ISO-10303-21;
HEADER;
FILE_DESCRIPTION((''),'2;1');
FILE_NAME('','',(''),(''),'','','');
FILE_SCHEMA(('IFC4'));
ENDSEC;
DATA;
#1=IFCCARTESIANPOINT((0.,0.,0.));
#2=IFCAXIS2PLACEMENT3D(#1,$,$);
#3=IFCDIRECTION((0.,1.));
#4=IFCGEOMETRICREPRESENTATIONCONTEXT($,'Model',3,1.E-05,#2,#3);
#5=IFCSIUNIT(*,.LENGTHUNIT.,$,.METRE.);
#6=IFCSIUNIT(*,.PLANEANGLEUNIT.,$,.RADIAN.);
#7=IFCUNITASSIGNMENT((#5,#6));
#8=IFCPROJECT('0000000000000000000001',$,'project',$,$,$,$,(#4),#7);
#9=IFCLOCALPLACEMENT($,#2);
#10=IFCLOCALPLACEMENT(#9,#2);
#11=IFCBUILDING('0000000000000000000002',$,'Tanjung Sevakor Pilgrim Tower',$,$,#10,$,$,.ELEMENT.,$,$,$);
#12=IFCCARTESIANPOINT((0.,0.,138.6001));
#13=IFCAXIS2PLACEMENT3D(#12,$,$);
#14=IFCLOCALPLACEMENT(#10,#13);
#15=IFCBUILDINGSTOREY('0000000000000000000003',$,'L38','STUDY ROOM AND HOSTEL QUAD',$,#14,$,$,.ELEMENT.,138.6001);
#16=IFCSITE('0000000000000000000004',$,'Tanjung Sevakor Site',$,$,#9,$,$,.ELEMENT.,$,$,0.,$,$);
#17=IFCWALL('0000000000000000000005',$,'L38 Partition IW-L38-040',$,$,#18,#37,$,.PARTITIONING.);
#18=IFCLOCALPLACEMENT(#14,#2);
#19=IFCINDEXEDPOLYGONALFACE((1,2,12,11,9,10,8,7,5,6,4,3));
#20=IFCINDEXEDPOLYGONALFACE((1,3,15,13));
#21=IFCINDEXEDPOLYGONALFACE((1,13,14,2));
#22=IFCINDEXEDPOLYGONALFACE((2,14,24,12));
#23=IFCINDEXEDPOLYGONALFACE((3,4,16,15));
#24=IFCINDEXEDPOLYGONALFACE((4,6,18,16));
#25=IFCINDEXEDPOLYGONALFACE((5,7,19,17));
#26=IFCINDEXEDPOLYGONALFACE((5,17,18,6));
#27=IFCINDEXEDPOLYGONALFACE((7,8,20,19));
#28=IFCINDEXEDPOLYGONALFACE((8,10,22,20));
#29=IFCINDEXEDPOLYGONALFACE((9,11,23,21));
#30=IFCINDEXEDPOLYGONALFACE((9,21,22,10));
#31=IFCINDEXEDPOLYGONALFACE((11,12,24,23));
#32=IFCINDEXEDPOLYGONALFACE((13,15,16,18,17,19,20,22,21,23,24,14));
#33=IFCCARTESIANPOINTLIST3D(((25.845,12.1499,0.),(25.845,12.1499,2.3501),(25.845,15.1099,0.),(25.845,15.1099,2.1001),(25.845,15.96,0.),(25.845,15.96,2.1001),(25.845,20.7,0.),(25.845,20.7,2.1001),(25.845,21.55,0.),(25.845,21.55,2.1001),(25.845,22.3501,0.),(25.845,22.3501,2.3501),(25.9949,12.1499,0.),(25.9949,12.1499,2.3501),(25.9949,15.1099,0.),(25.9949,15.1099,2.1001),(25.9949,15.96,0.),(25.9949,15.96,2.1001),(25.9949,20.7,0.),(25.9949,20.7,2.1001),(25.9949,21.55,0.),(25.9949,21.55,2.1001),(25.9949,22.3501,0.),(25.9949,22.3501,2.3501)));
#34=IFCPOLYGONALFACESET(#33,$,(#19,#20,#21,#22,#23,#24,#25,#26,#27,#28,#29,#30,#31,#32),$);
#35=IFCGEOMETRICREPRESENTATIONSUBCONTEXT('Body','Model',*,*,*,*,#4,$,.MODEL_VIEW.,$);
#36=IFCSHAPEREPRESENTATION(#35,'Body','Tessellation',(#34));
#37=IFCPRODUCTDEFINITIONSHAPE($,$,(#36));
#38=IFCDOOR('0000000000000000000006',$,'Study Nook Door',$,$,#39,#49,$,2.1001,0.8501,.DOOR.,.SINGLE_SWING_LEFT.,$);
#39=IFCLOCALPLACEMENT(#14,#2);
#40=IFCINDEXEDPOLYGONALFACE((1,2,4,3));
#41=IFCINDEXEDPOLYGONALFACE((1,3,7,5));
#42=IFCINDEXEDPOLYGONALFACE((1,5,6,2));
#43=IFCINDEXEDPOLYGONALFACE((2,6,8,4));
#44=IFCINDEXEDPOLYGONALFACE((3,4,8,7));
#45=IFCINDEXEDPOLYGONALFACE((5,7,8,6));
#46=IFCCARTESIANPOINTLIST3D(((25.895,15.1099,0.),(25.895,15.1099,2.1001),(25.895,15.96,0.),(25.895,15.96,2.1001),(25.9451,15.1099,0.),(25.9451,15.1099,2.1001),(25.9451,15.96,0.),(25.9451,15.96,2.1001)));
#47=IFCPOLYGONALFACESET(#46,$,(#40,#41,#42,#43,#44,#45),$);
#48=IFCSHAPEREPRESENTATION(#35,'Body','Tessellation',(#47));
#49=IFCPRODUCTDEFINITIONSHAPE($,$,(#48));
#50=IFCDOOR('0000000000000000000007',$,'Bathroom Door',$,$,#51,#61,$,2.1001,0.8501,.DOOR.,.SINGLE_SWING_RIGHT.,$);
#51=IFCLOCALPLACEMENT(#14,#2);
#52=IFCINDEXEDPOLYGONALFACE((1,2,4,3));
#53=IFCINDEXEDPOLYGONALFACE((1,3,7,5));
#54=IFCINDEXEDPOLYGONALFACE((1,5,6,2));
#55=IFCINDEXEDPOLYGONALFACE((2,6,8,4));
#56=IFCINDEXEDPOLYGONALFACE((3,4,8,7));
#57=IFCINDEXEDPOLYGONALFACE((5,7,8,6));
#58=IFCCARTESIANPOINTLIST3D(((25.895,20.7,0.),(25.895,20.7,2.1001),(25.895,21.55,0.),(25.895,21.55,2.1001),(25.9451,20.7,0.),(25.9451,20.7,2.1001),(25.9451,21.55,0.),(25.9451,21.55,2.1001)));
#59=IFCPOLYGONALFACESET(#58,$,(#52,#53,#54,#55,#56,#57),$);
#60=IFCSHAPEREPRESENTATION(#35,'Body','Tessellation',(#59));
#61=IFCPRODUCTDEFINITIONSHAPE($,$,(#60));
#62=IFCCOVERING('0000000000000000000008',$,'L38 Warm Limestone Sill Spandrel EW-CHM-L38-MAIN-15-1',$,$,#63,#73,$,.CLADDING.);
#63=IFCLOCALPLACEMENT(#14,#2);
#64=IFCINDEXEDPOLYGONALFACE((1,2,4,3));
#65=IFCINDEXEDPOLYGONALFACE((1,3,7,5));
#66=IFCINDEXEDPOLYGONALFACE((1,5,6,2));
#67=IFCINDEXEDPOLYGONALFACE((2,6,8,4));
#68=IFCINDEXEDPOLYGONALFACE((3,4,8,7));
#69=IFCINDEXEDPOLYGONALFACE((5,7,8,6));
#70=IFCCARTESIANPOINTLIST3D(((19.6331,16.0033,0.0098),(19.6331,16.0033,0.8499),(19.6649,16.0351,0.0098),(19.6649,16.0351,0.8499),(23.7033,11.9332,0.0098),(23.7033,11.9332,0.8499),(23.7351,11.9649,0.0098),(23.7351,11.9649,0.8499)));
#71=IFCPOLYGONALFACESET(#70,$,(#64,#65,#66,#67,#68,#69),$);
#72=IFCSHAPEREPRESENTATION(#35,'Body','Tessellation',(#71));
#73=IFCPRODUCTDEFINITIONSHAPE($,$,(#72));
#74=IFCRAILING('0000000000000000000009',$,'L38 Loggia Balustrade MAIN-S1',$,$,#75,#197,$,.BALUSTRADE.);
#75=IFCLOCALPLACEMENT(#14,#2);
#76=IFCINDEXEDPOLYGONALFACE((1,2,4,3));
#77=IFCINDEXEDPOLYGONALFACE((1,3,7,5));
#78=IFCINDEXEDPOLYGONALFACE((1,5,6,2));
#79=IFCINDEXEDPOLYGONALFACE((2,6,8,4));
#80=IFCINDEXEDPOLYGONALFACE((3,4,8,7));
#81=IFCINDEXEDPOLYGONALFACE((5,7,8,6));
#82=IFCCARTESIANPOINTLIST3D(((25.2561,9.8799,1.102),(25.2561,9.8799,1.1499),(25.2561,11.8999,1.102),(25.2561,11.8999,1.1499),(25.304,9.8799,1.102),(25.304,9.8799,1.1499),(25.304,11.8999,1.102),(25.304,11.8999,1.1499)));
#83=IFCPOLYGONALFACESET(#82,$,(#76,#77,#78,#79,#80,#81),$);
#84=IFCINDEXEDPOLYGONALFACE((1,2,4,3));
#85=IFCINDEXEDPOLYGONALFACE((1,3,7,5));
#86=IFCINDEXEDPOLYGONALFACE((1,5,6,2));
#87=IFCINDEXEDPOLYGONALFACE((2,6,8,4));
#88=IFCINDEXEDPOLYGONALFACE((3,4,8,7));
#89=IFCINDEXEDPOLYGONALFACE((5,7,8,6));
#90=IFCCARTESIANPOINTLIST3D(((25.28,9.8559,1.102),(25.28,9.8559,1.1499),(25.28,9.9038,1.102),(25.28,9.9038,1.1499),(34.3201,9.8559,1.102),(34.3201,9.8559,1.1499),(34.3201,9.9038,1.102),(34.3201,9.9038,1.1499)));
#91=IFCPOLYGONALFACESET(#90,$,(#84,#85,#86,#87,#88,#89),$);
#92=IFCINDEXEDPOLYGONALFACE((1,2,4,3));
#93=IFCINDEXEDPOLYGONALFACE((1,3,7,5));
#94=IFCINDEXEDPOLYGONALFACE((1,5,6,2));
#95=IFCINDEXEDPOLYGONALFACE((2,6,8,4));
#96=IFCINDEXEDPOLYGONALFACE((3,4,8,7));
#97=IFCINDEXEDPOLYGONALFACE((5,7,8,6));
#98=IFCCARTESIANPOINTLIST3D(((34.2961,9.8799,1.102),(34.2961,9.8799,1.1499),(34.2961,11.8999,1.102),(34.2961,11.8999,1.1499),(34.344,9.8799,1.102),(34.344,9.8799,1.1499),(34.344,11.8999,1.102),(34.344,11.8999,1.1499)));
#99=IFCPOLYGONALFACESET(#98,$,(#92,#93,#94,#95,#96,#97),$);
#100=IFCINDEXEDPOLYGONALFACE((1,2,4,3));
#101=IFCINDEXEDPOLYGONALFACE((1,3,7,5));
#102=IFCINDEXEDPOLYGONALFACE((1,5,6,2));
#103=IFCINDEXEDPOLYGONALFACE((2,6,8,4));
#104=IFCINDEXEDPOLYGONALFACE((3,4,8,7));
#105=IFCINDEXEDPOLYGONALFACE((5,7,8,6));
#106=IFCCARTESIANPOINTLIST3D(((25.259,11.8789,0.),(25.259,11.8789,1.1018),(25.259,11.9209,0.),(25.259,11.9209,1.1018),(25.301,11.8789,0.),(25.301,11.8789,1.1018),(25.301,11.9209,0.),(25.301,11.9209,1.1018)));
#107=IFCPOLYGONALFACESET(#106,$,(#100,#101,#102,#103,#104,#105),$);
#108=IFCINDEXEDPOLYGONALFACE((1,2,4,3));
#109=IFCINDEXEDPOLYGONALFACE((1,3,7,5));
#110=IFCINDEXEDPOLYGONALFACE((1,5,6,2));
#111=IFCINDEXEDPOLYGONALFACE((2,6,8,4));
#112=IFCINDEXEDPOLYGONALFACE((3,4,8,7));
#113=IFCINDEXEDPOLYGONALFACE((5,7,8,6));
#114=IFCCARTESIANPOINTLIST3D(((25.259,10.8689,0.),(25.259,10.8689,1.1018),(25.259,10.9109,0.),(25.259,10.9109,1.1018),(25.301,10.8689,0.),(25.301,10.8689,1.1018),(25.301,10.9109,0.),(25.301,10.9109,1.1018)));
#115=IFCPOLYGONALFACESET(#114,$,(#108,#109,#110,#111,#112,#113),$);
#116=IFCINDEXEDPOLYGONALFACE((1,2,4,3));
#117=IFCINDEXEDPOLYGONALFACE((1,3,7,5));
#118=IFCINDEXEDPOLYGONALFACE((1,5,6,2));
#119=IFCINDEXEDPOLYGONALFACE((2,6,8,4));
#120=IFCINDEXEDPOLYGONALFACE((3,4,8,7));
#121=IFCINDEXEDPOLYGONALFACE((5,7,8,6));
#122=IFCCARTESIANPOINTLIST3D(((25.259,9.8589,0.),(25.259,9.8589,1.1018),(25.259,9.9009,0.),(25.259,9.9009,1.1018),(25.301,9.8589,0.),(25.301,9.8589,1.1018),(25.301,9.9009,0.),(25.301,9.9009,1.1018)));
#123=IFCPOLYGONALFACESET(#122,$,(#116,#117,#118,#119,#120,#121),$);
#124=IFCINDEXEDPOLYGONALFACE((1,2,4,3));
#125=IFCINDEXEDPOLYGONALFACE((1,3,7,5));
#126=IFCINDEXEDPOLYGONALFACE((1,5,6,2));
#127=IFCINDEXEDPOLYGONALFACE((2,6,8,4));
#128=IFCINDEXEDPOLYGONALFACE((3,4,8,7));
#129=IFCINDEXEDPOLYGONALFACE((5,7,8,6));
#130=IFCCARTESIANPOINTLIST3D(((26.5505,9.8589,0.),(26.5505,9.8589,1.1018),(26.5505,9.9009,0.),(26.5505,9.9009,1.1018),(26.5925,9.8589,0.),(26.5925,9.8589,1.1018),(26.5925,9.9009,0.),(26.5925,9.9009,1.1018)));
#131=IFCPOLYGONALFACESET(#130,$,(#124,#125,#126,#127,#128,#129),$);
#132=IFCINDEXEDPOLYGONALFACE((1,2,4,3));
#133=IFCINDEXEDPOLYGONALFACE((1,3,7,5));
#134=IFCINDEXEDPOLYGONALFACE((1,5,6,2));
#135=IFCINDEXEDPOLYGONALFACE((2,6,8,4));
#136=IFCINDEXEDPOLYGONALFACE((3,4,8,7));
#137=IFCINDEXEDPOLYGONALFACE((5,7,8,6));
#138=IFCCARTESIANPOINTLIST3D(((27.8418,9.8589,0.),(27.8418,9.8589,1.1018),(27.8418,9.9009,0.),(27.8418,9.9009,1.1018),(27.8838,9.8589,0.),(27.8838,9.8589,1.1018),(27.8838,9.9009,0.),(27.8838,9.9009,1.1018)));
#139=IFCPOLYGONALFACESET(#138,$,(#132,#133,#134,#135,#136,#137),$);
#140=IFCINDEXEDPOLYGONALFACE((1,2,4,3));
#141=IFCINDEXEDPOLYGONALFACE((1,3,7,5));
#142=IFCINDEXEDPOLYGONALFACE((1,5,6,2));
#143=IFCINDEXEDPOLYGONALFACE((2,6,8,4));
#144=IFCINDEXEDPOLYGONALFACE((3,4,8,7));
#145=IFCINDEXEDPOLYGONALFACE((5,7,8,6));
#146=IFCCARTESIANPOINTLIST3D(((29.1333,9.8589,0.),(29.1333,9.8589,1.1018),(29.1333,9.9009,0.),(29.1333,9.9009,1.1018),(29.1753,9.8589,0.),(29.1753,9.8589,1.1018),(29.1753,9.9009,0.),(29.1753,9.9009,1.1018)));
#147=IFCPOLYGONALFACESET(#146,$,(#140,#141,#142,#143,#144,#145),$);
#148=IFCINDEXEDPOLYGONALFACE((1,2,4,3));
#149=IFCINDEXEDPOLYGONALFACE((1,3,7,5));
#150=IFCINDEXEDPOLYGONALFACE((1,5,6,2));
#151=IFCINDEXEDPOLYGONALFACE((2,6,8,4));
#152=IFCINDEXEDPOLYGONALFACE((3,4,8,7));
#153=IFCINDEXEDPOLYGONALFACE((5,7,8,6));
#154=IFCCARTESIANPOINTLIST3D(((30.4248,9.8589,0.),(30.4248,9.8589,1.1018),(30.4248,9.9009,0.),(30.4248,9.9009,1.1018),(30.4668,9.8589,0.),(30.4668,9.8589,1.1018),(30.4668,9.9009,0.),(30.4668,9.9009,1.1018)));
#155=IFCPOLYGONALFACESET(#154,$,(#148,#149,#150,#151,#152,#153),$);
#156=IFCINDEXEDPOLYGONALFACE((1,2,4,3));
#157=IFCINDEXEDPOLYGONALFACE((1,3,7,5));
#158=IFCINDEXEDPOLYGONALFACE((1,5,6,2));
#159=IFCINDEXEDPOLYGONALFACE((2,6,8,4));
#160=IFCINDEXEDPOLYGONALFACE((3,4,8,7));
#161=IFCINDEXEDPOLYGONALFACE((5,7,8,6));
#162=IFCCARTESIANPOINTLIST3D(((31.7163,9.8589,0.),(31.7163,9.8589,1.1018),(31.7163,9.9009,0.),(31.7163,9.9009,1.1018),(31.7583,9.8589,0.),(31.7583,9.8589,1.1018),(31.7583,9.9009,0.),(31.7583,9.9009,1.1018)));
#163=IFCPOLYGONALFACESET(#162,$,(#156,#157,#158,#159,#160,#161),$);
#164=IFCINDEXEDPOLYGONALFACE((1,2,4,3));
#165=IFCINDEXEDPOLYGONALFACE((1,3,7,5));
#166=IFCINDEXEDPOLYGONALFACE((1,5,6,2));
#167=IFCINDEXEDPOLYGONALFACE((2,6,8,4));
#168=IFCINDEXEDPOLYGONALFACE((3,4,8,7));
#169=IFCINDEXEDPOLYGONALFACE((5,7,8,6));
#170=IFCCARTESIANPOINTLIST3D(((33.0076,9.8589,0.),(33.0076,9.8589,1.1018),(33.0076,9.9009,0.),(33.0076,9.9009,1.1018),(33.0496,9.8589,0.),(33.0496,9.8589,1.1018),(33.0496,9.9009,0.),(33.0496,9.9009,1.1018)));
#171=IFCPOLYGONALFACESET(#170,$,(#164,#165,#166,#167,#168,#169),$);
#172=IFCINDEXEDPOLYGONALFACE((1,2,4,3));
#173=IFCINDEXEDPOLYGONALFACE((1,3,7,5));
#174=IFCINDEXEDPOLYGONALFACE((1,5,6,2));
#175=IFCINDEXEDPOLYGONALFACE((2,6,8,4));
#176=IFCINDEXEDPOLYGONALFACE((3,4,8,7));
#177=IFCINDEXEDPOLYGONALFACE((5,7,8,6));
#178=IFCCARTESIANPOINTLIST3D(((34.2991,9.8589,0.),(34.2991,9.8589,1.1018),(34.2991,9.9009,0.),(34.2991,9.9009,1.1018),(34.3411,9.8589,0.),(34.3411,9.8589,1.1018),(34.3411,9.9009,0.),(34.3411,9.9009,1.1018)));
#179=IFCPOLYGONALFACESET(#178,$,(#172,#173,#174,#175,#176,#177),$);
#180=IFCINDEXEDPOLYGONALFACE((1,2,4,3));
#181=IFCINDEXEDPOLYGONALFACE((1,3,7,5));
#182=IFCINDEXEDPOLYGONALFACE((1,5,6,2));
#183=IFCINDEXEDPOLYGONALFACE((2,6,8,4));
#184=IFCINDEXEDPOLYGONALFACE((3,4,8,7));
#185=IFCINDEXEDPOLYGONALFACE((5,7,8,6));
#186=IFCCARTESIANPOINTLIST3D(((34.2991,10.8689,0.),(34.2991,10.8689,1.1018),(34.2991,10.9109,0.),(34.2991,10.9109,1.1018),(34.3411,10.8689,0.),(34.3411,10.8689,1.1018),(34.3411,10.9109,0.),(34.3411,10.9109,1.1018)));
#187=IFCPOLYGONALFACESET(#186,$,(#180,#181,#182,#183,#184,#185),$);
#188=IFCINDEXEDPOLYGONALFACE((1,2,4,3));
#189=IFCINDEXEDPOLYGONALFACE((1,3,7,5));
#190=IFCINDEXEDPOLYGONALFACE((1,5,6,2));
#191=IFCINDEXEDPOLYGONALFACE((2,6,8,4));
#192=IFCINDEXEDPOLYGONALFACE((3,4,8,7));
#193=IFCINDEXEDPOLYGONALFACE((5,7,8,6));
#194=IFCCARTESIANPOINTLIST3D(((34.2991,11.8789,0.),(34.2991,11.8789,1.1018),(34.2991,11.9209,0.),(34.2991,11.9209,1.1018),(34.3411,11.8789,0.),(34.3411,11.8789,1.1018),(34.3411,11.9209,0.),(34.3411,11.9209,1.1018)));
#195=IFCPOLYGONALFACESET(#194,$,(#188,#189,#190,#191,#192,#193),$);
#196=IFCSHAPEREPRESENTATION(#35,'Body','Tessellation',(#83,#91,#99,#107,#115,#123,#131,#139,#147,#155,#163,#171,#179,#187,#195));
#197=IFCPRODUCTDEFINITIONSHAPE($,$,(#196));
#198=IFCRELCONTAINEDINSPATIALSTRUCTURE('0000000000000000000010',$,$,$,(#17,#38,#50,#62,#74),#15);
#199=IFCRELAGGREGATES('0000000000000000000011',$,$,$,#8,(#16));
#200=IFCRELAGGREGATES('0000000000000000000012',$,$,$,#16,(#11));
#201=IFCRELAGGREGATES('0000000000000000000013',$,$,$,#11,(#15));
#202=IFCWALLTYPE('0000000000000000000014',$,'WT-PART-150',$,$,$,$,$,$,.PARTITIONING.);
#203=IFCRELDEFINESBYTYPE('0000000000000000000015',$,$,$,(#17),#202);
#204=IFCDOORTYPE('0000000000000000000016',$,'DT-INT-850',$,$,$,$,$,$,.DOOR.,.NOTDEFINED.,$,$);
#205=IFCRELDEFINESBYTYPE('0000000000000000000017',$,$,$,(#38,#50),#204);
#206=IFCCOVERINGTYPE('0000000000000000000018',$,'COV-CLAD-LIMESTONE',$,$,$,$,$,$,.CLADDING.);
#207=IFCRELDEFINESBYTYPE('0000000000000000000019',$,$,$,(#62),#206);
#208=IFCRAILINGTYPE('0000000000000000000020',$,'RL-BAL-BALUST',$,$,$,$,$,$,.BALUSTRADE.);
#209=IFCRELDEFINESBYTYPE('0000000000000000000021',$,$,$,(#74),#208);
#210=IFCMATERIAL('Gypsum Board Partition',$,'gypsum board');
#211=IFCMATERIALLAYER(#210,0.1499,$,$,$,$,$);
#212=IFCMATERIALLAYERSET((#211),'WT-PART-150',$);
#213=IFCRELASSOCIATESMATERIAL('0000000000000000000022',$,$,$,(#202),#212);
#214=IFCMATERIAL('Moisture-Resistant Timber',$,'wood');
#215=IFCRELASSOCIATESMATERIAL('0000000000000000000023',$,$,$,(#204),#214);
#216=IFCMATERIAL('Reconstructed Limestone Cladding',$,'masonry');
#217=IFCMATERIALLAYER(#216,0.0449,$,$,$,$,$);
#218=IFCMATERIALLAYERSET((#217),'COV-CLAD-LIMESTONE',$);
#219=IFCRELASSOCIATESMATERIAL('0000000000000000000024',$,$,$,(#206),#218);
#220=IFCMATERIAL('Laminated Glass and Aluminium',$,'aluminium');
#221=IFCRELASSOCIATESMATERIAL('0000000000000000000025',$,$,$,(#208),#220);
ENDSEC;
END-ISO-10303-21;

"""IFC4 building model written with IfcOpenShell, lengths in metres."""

from ifc_helpers import new_model, si_unit, direction, frame, frame_2d, origin, origin_2d, place, context, subcontext, project, spatial, rectangle, extrude, material, layer, layer_set, type_object, element, fill, save


model = new_model("IFC4")

# Units and contexts
model_context = context("Model", 3, precision=1e-05, world=origin(), true_north=direction((0.0, 1.0)))
body_context = subcontext(model_context, "Body", "Model", "MODEL_VIEW")
ifc_project = project(units=[si_unit("LENGTHUNIT", "METRE"), si_unit("PLANEANGLEUNIT", "RADIAN")], contexts=[model_context])

# Site, building, storey
site_placement = place(None, origin())
site = spatial("IfcSite", under=ifc_project, at=site_placement, Name="Tanjung Sevakor Site", CompositionType="ELEMENT", RefElevation=0.0)
building_placement = place(site_placement, origin())
building = spatial("IfcBuilding", under=site, at=building_placement, Name="Tanjung Sevakor Pilgrim Tower", CompositionType="ELEMENT")
storey_placement = place(building_placement, frame((0.0, 0.0, 138.6001)))
storey = spatial("IfcBuildingStorey", under=building, at=storey_placement, Name="L38", Description="STUDY ROOM AND HOSTEL QUAD", CompositionType="ELEMENT", Elevation=138.6001)

# Wall, openings, doors
ifc_material_1 = material(Name="Gypsum Board Partition", Category="gypsum board")
ifc_layer_1 = layer(ifc_material_1, 0.1499)
ifc_layer_set_1 = layer_set([ifc_layer_1], Name="WT-PART-150")
wall_type_1 = type_object("IfcWallType", Name="WT-PART-150", PredefinedType="PARTITIONING", material=ifc_layer_set_1)
wall_1_placement = place(storey_placement, frame((25.9199, 12.1499, 0.0), z_axis=(0.0, 0.0, 1.0), x_axis=(0.0, 1.0, 0.0)))
wall_1 = element("IfcWall", 1, at=wall_1_placement, inside=storey, type_object=wall_type_1, Name="L38 Partition IW-L38-040", PredefinedType="PARTITIONING", context=body_context, shape_type="SweptSolid", body=[
    extrude(rectangle(XDim=10.2002, YDim=0.1499, at=frame_2d((5.1001, 0.0))), origin(), (0.0, 0.0, 1.0), 2.3501),
])
opening_1_placement = place(wall_1_placement, frame((2.96, 0.0, 0.0)))
opening_1 = element("IfcOpeningElement", 2, at=opening_1_placement, cuts=wall_1, PredefinedType="OPENING", context=body_context, shape_type="SweptSolid", body=[
    extrude(rectangle(XDim=0.8501, YDim=2.1001, at=frame_2d((0.425, 1.05))), frame((0.0, 0.085, 0.0), z_axis=(0.0, -1.0, 0.0), x_axis=(1.0, 0.0, 0.0)), (0.0, 0.0, 1.0), 0.1699),
])
opening_2_placement = place(wall_1_placement, frame((8.55, 0.0, 0.0)))
opening_2 = element("IfcOpeningElement", 3, at=opening_2_placement, cuts=wall_1, PredefinedType="OPENING", context=body_context, shape_type="SweptSolid", body=[
    extrude(rectangle(XDim=0.8501, YDim=2.1001, at=frame_2d((0.425, 1.05))), frame((0.0, 0.085, 0.0), z_axis=(0.0, -1.0, 0.0), x_axis=(1.0, 0.0, 0.0)), (0.0, 0.0, 1.0), 0.1699),
])
ifc_material_2 = material(Name="Moisture-Resistant Timber", Category="wood")
door_type_1 = type_object("IfcDoorType", Name="DT-INT-850", OperationType="NOTDEFINED", PredefinedType="DOOR", material=ifc_material_2)
door_1_placement = place(opening_1_placement, origin())
door_1 = element("IfcDoor", 4, at=door_1_placement, inside=storey, type_object=door_type_1, Name="Study Nook Door", OperationType="SINGLE_SWING_LEFT", OverallHeight=2.1001, OverallWidth=0.8501, PredefinedType="DOOR", context=body_context, shape_type="SweptSolid", body=[
    extrude(rectangle(XDim=0.8501, YDim=2.1001, at=frame_2d((0.425, 1.05))), frame((0.0, 0.0249, 0.0), z_axis=(0.0, -1.0, 0.0), x_axis=(1.0, 0.0, 0.0)), (0.0, 0.0, 1.0), 0.05),
])
fill(opening_1, door_1)
door_2_placement = place(opening_2_placement, origin())
door_2 = element("IfcDoor", 5, at=door_2_placement, inside=storey, type_object=door_type_1, Name="Bathroom Door", OperationType="SINGLE_SWING_RIGHT", OverallHeight=2.1001, OverallWidth=0.8501, PredefinedType="DOOR", context=body_context, shape_type="SweptSolid", body=[
    extrude(rectangle(XDim=0.8501, YDim=2.1001, at=frame_2d((0.425, 1.05))), frame((0.0, 0.0249, 0.0), z_axis=(0.0, -1.0, 0.0), x_axis=(1.0, 0.0, 0.0)), (0.0, 0.0, 1.0), 0.05),
])
fill(opening_2, door_2)

# Covering
ifc_material_3 = material(Name="Reconstructed Limestone Cladding", Category="masonry")
ifc_layer_2 = layer(ifc_material_3, 0.0449)
ifc_layer_set_2 = layer_set([ifc_layer_2], Name="COV-CLAD-LIMESTONE")
covering_type = type_object("IfcCoveringType", Name="COV-CLAD-LIMESTONE", PredefinedType="CLADDING", material=ifc_layer_set_2)
covering_placement = place(storey_placement, frame((21.6841, 13.9841, 0.0098), z_axis=(0.0, 0.0, 1.0), x_axis=(0.707107, -0.707107, 0.0)))
element("IfcCovering", 6, at=covering_placement, inside=storey, type_object=covering_type, Name="L38 Warm Limestone Sill Spandrel EW-CHM-L38-MAIN-15-1", PredefinedType="CLADDING", context=body_context, shape_type="SweptSolid", body=[
    extrude(rectangle(XDim=5.7561, YDim=0.0449, at=origin_2d()), origin(), (0.0, 0.0, 1.0), 0.8401),
])

# Railing
ifc_material_4 = material(Name="Laminated Glass and Aluminium", Category="aluminium")
railing_type = type_object("IfcRailingType", Name="RL-BAL-BALUST", PredefinedType="BALUSTRADE", material=ifc_material_4)
railing_1_placement = place(storey_placement, frame((25.28, 11.8999, 0.0)))
element("IfcRailing", 7, at=railing_1_placement, inside=storey, type_object=railing_type, Name="L38 Loggia Balustrade MAIN-S1", PredefinedType="BALUSTRADE", context=body_context, shape_type="SweptSolid", body=[
    extrude(rectangle(XDim=0.0479, YDim=0.0479), frame((0.0, 0.0, 1.126), z_axis=(0.0, -1.0, 0.0), x_axis=(1.0, 0.0, 0.0)), (0.0, 0.0, 1.0), 2.02),
    extrude(rectangle(XDim=0.0479, YDim=0.0479), frame((0.0, -2.02, 1.126), z_axis=(1.0, 0.0, 0.0), x_axis=(0.0, 1.0, 0.0)), (0.0, 0.0, 1.0), 9.04),
    extrude(rectangle(XDim=0.0479, YDim=0.0479), frame((9.04, -2.02, 1.126), z_axis=(0.0, 1.0, 0.0), x_axis=(-1.0, 0.0, 0.0)), (0.0, 0.0, 1.0), 2.02),
    extrude(rectangle(XDim=0.042, YDim=0.042), origin(), (0.0, 0.0, 1.0), 1.1018),
    extrude(rectangle(XDim=0.042, YDim=0.042), frame((0.0, -1.01, 0.0)), (0.0, 0.0, 1.0), 1.1018),
    extrude(rectangle(XDim=0.042, YDim=0.042), frame((0.0, -2.02, 0.0)), (0.0, 0.0, 1.0), 1.1018),
    extrude(rectangle(XDim=0.042, YDim=0.042), frame((1.2915, -2.02, 0.0)), (0.0, 0.0, 1.0), 1.1018),
    extrude(rectangle(XDim=0.042, YDim=0.042), frame((2.5828, -2.02, 0.0)), (0.0, 0.0, 1.0), 1.1018),
    extrude(rectangle(XDim=0.042, YDim=0.042), frame((3.8743, -2.02, 0.0)), (0.0, 0.0, 1.0), 1.1018),
    extrude(rectangle(XDim=0.042, YDim=0.042), frame((5.1658, -2.02, 0.0)), (0.0, 0.0, 1.0), 1.1018),
    extrude(rectangle(XDim=0.042, YDim=0.042), frame((6.4573, -2.02, 0.0)), (0.0, 0.0, 1.0), 1.1018),
    extrude(rectangle(XDim=0.042, YDim=0.042), frame((7.7485, -2.02, 0.0)), (0.0, 0.0, 1.0), 1.1018),
    extrude(rectangle(XDim=0.042, YDim=0.042), frame((9.04, -2.02, 0.0)), (0.0, 0.0, 1.0), 1.1018),
    extrude(rectangle(XDim=0.042, YDim=0.042), frame((9.04, -1.01, 0.0)), (0.0, 0.0, 1.0), 1.1018),
    extrude(rectangle(XDim=0.042, YDim=0.042), frame((9.04, 0.0, 0.0)), (0.0, 0.0, 1.0), 1.1018),
])

save(model, "model.ifc")
